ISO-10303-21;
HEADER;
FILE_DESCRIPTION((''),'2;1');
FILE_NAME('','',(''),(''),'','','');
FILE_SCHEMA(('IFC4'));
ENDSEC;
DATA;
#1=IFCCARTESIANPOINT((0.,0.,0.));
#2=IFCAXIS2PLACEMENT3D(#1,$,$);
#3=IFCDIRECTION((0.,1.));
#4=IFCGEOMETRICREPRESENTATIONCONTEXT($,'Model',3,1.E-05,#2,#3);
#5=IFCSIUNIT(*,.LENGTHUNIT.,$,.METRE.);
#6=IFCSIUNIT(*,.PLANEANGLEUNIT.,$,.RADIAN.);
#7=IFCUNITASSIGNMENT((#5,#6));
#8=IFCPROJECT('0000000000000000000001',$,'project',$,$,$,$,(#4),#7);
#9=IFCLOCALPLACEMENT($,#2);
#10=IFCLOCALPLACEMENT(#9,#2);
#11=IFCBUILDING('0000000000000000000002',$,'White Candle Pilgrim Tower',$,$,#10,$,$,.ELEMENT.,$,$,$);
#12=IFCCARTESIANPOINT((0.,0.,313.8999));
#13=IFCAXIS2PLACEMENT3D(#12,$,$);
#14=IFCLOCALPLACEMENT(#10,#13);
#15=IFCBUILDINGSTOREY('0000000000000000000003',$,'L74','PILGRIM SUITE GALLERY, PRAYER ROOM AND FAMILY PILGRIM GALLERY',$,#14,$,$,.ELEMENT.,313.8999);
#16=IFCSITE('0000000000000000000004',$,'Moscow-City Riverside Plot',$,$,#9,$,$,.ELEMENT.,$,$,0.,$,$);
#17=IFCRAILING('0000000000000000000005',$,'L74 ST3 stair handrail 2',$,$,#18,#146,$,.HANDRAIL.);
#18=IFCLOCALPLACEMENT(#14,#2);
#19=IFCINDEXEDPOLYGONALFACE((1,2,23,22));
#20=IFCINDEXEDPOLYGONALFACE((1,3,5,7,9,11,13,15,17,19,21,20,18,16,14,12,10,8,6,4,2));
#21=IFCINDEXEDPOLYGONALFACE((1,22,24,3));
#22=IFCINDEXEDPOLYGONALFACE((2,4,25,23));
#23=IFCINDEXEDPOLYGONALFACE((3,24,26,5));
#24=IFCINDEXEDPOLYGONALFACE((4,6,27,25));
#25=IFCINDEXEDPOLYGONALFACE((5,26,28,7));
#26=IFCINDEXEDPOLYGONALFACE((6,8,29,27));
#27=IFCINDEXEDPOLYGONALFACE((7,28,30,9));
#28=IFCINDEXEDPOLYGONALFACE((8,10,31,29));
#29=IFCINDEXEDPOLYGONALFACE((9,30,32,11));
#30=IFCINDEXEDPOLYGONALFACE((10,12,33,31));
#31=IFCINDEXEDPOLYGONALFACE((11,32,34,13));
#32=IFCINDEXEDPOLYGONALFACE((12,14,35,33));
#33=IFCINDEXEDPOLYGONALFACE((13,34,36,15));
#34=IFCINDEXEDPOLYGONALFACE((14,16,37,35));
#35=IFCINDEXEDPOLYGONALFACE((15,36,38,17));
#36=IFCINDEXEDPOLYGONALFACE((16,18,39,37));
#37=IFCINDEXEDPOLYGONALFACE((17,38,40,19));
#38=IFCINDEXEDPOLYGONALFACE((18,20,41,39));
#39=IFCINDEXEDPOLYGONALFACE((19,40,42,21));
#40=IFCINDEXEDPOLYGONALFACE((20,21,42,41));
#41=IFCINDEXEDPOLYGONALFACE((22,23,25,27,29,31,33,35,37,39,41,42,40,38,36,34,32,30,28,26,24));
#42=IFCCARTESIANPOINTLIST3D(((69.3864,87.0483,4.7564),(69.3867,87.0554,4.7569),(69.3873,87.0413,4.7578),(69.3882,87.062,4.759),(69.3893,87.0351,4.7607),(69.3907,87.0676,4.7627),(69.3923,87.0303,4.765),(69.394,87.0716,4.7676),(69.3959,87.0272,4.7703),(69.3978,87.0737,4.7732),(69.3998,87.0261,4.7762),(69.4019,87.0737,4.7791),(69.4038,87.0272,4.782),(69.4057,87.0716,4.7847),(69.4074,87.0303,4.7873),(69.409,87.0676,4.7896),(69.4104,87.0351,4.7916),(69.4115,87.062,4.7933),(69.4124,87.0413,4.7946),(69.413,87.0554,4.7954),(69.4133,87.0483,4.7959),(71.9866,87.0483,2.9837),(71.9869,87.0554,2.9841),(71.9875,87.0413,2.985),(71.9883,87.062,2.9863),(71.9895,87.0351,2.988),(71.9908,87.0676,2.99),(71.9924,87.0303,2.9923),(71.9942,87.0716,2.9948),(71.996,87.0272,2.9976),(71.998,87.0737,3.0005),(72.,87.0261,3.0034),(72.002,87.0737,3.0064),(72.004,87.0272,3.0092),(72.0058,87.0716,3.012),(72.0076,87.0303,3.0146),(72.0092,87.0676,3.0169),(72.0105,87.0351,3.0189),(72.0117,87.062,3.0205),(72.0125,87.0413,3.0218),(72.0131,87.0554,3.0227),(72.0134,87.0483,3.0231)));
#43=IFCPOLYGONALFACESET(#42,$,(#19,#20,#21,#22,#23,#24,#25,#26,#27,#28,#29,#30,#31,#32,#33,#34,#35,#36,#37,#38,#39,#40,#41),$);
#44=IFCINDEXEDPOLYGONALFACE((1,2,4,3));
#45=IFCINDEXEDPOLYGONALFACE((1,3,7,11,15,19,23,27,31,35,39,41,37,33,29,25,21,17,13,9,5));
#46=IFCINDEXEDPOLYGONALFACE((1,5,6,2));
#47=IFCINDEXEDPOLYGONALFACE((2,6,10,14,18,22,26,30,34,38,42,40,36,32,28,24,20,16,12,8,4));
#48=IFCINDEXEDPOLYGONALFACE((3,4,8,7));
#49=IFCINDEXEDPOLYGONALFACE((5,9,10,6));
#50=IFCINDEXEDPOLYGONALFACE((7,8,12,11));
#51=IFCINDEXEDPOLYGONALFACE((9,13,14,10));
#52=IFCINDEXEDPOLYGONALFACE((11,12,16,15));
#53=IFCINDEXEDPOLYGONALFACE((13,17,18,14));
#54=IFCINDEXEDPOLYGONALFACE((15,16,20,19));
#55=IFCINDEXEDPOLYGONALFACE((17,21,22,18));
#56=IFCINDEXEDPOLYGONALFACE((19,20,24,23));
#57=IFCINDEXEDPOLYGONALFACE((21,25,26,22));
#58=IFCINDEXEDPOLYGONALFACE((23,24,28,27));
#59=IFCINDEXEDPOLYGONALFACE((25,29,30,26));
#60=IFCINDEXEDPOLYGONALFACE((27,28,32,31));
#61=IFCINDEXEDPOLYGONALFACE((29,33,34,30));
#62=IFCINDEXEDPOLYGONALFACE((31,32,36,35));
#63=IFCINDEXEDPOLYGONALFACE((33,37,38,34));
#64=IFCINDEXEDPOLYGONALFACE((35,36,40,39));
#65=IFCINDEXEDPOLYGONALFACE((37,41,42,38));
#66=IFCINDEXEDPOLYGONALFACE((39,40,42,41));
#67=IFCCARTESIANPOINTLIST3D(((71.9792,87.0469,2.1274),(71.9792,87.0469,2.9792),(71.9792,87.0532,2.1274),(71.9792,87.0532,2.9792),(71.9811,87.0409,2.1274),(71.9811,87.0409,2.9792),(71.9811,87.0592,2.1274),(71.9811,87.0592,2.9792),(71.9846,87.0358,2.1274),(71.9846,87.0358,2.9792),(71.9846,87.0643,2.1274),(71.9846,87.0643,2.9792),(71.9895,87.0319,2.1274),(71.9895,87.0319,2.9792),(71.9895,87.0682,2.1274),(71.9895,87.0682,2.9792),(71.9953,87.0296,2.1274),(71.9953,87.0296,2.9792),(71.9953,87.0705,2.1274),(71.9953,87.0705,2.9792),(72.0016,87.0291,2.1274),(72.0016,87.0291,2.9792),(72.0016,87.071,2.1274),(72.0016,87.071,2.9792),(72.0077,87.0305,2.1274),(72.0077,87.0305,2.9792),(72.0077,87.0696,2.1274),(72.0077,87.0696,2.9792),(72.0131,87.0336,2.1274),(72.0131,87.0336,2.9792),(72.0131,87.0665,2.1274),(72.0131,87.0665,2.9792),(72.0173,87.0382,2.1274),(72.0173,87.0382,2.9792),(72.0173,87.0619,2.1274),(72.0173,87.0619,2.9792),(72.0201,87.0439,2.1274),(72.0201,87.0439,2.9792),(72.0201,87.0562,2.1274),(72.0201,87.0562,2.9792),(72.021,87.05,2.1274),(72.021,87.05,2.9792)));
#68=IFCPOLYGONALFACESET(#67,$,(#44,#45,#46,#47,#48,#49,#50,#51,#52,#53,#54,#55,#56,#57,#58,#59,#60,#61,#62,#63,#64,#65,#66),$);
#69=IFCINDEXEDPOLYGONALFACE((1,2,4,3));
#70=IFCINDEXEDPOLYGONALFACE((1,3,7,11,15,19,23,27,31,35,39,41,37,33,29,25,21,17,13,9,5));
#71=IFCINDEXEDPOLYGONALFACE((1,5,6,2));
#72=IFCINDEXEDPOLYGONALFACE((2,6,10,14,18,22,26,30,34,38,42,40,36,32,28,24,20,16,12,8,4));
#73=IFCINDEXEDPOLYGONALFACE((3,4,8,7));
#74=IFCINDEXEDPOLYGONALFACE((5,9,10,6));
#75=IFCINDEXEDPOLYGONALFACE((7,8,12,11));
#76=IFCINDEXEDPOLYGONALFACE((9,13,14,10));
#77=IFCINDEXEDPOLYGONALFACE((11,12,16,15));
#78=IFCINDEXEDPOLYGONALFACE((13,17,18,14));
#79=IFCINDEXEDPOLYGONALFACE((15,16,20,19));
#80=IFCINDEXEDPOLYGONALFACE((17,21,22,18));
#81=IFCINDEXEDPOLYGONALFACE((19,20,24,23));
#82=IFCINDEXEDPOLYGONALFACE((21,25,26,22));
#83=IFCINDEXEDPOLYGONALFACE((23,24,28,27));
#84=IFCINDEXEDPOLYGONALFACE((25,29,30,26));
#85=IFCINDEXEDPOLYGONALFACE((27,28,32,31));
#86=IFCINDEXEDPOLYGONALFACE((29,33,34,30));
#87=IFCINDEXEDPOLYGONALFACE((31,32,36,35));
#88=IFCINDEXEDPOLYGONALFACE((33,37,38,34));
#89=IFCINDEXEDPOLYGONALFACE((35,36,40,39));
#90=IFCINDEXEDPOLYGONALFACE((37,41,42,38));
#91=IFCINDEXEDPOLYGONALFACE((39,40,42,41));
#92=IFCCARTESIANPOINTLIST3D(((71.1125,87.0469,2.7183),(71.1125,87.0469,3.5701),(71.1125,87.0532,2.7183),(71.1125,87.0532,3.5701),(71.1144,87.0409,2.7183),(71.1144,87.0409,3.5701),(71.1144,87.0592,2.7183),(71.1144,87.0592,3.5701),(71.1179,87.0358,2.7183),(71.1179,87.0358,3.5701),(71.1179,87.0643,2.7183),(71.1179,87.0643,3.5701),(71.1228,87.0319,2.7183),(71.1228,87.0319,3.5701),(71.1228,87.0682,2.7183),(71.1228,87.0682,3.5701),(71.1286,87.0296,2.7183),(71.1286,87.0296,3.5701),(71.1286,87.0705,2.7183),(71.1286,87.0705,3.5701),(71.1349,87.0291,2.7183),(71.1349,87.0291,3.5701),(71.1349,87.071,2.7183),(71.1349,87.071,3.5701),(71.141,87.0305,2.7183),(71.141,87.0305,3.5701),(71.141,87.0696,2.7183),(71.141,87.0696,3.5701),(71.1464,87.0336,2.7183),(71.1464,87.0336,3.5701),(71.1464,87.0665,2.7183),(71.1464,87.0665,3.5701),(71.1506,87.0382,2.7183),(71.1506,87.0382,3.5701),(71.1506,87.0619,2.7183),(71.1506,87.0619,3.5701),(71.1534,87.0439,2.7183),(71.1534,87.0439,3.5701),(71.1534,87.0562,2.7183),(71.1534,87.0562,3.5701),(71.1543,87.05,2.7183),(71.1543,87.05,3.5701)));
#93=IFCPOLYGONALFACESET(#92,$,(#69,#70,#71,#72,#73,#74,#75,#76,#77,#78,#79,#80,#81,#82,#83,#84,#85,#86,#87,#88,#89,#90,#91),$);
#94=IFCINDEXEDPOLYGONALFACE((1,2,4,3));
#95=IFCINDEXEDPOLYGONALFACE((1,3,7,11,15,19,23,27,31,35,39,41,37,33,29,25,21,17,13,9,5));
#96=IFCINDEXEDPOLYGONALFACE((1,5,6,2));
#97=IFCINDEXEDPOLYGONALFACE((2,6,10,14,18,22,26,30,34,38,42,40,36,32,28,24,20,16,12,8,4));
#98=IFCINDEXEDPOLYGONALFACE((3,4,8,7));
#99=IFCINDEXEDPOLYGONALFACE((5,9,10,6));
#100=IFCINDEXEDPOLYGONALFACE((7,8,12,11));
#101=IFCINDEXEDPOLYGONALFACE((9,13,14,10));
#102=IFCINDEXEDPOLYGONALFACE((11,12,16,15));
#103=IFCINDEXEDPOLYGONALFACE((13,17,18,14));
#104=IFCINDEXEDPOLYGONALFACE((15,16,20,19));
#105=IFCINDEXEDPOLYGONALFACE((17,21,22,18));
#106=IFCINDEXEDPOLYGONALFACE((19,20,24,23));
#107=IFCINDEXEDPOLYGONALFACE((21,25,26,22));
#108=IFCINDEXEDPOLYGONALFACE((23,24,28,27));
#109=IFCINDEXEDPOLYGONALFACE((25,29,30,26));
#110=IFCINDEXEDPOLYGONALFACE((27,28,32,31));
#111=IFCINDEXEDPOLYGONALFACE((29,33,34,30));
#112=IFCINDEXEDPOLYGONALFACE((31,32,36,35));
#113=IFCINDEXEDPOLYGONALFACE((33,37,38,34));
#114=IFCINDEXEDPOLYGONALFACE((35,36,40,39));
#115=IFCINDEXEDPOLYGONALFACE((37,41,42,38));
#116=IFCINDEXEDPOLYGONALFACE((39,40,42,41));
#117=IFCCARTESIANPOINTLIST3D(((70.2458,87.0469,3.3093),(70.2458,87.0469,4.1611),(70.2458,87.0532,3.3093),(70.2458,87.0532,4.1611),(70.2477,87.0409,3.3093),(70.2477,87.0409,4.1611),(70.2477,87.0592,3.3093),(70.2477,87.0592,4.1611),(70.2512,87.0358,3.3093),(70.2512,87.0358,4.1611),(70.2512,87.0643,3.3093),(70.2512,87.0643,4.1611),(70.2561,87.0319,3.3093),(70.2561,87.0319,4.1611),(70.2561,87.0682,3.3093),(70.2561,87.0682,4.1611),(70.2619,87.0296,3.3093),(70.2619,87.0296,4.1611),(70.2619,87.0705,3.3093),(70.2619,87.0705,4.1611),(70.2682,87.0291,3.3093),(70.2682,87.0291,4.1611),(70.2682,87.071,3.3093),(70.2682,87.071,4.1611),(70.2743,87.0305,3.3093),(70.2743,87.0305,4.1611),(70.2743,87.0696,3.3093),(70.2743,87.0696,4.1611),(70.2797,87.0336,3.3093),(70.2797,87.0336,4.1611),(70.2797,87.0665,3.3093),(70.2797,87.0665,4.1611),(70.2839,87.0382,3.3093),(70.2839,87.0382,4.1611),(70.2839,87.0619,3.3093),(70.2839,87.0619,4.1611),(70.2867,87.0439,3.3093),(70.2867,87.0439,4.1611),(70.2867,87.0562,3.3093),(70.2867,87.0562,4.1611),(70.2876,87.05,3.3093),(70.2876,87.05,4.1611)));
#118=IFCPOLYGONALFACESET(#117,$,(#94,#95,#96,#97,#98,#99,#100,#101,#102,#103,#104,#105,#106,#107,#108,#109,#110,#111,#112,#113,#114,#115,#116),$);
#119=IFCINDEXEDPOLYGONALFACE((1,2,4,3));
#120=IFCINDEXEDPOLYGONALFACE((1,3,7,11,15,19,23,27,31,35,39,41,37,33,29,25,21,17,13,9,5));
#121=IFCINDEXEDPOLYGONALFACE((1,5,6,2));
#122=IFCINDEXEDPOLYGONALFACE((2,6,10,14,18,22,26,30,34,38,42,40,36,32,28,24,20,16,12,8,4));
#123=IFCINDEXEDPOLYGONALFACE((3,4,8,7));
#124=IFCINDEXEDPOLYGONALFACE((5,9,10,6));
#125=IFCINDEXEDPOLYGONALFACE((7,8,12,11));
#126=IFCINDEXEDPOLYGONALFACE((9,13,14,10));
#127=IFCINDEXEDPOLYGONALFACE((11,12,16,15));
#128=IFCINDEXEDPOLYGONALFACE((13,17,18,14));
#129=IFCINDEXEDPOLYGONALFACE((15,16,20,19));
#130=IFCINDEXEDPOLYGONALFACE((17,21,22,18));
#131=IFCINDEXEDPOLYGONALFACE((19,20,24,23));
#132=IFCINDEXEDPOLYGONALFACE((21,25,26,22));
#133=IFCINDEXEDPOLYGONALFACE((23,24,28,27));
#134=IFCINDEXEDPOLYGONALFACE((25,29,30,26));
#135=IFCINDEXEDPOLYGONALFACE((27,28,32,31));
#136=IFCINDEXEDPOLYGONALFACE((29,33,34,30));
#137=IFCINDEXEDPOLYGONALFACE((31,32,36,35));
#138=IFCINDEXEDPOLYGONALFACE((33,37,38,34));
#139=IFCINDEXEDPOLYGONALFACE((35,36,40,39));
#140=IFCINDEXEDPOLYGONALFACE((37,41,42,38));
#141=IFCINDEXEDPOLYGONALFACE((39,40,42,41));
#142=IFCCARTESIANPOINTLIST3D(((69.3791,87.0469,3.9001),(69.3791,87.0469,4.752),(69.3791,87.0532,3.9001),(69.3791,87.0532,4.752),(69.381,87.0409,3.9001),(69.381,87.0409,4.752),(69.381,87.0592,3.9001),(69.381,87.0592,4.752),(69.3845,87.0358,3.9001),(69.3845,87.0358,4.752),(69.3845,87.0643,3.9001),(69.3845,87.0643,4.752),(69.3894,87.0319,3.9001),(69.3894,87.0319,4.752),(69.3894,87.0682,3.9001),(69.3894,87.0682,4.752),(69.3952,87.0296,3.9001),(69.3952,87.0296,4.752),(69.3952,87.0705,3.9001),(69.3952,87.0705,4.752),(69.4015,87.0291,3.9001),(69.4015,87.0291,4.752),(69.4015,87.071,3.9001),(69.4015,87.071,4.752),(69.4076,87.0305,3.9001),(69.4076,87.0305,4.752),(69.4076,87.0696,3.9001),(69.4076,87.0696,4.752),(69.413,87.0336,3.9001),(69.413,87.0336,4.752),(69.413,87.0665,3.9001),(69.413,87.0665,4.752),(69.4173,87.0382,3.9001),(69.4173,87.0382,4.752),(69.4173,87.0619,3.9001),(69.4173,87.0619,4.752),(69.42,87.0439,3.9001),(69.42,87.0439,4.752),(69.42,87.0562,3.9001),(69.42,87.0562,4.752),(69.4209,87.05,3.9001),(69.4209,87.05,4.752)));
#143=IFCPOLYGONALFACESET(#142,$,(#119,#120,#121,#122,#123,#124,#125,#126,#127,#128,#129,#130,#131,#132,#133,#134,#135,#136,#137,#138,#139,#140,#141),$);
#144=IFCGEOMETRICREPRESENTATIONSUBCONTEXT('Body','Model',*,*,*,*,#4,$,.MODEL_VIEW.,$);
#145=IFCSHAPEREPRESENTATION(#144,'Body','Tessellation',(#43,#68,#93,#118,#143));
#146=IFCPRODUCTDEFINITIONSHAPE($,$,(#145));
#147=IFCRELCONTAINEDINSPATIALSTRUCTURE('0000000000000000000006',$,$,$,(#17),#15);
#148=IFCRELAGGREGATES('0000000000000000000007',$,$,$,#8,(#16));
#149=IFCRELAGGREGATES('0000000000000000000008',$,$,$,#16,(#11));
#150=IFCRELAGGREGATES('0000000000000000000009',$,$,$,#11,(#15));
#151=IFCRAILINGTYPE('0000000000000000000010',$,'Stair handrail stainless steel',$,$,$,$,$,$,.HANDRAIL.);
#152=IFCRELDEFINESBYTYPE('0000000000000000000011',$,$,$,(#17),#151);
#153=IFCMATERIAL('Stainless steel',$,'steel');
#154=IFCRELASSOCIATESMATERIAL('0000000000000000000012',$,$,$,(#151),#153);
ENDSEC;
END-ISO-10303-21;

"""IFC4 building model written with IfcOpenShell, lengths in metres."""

from ifc_helpers import new_model, si_unit, direction, frame, origin, origin_2d, place, context, subcontext, project, spatial, circle, extrude, material, type_object, element, save


model = new_model("IFC4")

# Units and contexts
model_context = context("Model", 3, precision=1e-05, world=origin(), true_north=direction((0.0, 1.0)))
body_context = subcontext(model_context, "Body", "Model", "MODEL_VIEW")
ifc_project = project(units=[si_unit("LENGTHUNIT", "METRE"), si_unit("PLANEANGLEUNIT", "RADIAN")], contexts=[model_context])

# Site, building, storey
site_placement = place(None, origin())
site = spatial("IfcSite", under=ifc_project, at=site_placement, Name="Moscow-City Riverside Plot", CompositionType="ELEMENT", RefElevation=0.0)
building_placement = place(site_placement, origin())
building = spatial("IfcBuilding", under=site, at=building_placement, Name="White Candle Pilgrim Tower", CompositionType="ELEMENT")
storey_placement = place(building_placement, frame((0.0, 0.0, 313.8999)))
storey = spatial("IfcBuildingStorey", under=building, at=storey_placement, Name="L74", Description="PILGRIM SUITE GALLERY, PRAYER ROOM AND FAMILY PILGRIM GALLERY", CompositionType="ELEMENT", Elevation=313.8999)

# Railing
ifc_material_1 = material(Name="Stainless steel", Category="steel")
railing_type_1 = type_object("IfcRailingType", Name="Stair handrail stainless steel", PredefinedType="HANDRAIL", material=ifc_material_1)
railing_1_placement = place(storey_placement, frame((72.0, 87.05, 2.1274)))
element("IfcRailing", 1, at=railing_1_placement, inside=storey, type_object=railing_type_1, Name="L74 ST3 stair handrail 2", PredefinedType="HANDRAIL", context=body_context, shape_type="SweptSolid", body=[
    extrude(circle(Radius=0.0239, at=origin_2d()), frame((0.0, 0.0, 0.876), z_axis=(-0.82624, 0.0, 0.563318), x_axis=(0.0, -1.0, 0.0)), (0.0, 0.0, 1.0), 3.147),
    extrude(circle(Radius=0.021, at=origin_2d()), origin(), (0.0, 0.0, 1.0), 0.8518),
    extrude(circle(Radius=0.021, at=origin_2d()), frame((-0.8667, 0.0, 0.5908)), (0.0, 0.0, 1.0), 0.8518),
    extrude(circle(Radius=0.021, at=origin_2d()), frame((-1.7334, 0.0, 1.1819)), (0.0, 0.0, 1.0), 0.8518),
    extrude(circle(Radius=0.021, at=origin_2d()), frame((-2.6001, 0.0, 1.7727)), (0.0, 0.0, 1.0), 0.8518),
])

save(model, "model.ifc")
